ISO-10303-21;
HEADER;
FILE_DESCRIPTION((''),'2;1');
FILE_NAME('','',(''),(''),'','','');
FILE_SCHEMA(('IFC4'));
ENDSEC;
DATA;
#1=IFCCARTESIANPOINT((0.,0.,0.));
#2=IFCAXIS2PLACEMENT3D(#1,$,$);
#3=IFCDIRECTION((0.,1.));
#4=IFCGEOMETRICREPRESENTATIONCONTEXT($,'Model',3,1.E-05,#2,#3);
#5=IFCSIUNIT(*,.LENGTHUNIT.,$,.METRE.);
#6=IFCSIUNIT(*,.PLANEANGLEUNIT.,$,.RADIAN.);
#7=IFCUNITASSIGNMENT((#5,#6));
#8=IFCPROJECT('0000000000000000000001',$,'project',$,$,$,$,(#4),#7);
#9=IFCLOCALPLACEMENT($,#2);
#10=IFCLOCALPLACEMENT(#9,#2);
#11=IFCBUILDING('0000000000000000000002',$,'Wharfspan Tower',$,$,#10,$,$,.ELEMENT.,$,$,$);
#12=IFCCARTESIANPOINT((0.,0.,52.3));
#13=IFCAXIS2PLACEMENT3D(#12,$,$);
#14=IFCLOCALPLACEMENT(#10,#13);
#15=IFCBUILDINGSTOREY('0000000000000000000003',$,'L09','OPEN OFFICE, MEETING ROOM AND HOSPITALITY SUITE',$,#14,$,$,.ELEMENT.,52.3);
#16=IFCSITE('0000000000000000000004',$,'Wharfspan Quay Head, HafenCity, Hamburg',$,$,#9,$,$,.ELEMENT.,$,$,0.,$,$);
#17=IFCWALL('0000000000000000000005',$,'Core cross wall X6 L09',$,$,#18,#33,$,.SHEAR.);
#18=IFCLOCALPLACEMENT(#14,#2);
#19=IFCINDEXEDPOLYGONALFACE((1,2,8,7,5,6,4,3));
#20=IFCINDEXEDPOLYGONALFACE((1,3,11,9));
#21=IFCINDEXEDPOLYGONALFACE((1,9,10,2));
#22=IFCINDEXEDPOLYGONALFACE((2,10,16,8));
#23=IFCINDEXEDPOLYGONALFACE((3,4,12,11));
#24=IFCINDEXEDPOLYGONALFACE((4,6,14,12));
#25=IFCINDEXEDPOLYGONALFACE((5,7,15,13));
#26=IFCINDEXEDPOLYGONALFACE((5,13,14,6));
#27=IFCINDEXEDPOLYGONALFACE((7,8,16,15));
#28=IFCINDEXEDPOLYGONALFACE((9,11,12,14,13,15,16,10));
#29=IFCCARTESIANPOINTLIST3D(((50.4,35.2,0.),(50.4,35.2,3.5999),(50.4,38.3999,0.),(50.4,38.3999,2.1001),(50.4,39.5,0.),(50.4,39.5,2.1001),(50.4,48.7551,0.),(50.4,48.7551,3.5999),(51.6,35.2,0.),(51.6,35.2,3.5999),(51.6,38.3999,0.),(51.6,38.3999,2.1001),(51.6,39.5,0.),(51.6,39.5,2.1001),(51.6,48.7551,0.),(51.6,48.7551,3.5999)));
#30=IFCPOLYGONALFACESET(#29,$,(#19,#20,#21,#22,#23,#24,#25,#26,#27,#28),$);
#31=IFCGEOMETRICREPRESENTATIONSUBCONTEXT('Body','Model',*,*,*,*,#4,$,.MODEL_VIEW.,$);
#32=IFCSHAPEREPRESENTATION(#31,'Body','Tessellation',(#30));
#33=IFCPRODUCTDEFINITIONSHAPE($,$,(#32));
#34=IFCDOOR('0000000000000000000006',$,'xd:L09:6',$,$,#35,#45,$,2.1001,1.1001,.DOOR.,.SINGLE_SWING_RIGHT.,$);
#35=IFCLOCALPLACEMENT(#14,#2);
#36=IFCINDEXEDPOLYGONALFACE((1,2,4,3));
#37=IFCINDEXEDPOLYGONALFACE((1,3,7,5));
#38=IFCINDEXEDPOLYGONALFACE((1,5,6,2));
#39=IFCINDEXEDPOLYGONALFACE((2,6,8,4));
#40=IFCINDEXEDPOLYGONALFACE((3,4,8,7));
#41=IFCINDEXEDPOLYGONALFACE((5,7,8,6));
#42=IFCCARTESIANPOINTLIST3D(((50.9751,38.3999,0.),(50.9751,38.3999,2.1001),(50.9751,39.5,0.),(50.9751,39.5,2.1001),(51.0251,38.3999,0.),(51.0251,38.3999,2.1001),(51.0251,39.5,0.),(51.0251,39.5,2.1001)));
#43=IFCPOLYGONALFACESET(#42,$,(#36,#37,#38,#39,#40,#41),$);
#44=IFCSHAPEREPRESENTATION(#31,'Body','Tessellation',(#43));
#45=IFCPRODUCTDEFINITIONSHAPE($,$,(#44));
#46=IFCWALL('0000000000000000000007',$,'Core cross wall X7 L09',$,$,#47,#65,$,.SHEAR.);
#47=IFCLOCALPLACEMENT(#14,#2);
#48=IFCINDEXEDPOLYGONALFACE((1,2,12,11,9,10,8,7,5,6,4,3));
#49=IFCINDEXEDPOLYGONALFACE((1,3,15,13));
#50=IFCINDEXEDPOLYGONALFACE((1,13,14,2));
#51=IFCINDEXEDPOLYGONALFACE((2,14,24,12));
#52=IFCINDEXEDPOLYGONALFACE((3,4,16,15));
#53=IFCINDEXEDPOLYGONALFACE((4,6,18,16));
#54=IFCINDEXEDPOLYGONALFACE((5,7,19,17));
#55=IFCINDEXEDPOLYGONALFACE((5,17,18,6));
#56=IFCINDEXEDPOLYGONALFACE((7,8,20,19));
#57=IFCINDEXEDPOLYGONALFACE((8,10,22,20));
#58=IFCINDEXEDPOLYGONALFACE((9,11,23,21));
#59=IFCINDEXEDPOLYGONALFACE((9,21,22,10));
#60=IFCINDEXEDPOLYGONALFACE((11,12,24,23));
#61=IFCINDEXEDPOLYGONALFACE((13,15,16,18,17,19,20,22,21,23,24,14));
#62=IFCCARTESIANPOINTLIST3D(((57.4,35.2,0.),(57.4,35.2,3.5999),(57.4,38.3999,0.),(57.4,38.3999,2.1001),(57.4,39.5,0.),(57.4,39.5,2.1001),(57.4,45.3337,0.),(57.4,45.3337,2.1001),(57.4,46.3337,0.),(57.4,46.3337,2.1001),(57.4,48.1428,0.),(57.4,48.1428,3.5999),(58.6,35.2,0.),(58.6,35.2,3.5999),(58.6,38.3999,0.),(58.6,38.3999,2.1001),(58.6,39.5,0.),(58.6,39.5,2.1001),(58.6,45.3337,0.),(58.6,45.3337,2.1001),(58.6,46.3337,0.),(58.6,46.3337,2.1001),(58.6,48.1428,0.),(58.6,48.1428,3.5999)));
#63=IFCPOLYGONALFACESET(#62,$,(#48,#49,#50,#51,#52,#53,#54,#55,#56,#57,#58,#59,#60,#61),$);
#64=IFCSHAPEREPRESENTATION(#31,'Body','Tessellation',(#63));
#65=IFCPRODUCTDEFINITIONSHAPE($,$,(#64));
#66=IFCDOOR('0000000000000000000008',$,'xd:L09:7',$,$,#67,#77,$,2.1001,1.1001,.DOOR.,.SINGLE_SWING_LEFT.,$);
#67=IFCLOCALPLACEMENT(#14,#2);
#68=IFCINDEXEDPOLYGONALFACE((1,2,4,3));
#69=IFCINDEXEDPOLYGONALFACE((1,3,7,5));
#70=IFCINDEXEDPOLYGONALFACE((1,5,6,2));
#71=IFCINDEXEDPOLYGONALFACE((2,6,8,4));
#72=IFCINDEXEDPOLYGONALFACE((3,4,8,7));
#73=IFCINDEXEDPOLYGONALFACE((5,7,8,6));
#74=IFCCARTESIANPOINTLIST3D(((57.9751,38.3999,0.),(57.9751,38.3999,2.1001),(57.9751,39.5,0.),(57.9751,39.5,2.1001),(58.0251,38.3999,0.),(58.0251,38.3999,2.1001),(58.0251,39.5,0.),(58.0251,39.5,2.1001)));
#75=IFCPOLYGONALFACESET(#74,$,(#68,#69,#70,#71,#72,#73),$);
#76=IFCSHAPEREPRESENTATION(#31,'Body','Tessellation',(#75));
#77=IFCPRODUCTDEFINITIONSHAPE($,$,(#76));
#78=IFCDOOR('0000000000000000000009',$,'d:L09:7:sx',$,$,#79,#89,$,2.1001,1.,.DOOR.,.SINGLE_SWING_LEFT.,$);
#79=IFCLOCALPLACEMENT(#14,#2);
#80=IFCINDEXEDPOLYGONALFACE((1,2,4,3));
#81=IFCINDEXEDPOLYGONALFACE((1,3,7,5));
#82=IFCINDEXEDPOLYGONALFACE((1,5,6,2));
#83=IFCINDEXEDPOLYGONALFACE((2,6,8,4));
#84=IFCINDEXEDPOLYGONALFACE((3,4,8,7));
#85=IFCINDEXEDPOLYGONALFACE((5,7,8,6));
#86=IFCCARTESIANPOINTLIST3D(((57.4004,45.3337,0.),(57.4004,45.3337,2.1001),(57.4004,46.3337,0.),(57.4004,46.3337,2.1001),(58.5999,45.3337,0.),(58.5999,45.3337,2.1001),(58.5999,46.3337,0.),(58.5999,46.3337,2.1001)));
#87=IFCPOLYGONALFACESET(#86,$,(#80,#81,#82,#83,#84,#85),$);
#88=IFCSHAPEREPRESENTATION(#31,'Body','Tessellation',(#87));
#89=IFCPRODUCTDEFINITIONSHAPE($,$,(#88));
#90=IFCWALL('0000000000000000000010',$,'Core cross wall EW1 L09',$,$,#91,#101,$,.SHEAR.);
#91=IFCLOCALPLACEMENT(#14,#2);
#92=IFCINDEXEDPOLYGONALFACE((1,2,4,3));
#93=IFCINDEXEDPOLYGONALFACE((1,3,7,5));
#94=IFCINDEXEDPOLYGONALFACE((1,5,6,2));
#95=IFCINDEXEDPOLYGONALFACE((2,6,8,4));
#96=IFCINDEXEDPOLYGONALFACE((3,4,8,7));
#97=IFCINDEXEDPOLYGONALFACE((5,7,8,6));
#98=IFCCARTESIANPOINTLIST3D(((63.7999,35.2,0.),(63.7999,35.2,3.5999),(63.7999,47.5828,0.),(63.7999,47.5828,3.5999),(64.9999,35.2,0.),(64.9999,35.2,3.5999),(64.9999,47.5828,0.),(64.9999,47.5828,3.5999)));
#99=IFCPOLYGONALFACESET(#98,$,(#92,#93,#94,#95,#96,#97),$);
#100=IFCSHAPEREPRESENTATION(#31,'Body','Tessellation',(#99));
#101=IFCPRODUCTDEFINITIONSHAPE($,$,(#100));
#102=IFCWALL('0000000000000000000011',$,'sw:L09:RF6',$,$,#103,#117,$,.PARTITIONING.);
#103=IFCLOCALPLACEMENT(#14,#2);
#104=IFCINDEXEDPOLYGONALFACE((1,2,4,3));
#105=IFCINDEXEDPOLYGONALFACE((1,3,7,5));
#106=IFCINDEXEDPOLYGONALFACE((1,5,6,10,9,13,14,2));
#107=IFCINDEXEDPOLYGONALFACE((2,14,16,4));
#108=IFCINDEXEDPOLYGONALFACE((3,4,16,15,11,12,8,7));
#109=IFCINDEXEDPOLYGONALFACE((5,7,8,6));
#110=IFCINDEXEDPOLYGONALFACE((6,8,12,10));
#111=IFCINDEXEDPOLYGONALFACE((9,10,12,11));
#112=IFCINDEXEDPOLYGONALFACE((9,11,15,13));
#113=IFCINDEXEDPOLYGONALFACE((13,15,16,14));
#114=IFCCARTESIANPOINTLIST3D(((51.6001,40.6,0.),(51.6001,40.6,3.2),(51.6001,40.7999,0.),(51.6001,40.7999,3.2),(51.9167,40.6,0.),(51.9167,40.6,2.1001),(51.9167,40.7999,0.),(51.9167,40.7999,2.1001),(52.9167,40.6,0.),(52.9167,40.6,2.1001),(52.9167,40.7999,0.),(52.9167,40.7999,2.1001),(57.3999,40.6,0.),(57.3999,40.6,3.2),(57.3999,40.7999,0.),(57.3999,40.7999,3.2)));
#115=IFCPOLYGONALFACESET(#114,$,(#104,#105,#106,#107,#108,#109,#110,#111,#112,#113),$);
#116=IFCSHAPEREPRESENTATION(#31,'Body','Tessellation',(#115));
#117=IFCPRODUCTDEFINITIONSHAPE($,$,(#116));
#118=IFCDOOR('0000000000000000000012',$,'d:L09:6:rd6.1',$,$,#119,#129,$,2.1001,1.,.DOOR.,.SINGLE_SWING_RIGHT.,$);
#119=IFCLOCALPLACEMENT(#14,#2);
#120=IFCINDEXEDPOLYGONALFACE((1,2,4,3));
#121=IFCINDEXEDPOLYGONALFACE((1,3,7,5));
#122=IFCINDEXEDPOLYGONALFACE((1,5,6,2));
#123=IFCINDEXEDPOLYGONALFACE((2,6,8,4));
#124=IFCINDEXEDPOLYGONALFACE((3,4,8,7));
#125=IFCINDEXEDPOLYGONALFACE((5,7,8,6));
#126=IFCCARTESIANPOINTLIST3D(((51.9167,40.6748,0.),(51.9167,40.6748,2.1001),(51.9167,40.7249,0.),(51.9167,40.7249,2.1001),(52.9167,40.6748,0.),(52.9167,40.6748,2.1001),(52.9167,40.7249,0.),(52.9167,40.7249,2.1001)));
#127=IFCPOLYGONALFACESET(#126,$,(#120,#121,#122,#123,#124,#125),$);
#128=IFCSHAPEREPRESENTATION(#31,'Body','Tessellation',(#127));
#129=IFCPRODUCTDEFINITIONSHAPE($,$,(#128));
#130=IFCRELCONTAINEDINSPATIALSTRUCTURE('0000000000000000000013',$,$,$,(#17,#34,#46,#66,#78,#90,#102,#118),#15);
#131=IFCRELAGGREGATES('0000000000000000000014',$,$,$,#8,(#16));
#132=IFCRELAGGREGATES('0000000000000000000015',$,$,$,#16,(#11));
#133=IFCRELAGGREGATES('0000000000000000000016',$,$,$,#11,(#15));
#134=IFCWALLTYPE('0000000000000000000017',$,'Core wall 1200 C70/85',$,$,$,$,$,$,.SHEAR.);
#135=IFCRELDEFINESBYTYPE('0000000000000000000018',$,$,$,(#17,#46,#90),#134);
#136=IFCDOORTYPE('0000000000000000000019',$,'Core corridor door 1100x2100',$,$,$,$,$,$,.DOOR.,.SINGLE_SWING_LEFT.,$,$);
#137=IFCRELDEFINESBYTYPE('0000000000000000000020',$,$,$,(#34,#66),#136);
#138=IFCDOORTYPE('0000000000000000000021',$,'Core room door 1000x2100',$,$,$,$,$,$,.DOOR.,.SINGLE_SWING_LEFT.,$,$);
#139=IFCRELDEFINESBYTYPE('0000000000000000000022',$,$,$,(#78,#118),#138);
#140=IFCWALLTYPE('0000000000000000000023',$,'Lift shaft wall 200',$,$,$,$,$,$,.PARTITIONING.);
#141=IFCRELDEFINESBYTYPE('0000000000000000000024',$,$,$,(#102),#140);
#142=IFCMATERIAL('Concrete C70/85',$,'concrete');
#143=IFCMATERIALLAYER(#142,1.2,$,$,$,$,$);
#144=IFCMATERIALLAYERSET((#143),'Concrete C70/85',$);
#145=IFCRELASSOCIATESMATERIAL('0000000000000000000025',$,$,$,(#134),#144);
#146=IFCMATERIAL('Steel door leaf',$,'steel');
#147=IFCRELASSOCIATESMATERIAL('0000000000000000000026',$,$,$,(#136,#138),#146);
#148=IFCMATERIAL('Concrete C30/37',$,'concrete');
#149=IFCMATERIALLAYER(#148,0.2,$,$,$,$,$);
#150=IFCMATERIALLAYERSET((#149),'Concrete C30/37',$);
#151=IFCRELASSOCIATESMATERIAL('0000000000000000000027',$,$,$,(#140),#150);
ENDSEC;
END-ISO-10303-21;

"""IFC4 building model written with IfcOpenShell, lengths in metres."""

from ifc_helpers import new_model, si_unit, direction, frame, frame_2d, origin, place, context, subcontext, project, spatial, rectangle, extrude, material, layer, layer_set, type_object, element, fill, save


model = new_model("IFC4")

# Units and contexts
model_context = context("Model", 3, precision=1e-05, world=origin(), true_north=direction((0.0, 1.0)))
body_context = subcontext(model_context, "Body", "Model", "MODEL_VIEW")
ifc_project = project(units=[si_unit("LENGTHUNIT", "METRE"), si_unit("PLANEANGLEUNIT", "RADIAN")], contexts=[model_context])

# Site, building, storey
site_placement = place(None, origin())
site = spatial("IfcSite", under=ifc_project, at=site_placement, Name="Wharfspan Quay Head, HafenCity, Hamburg", CompositionType="ELEMENT", RefElevation=0.0)
building_placement = place(site_placement, origin())
building = spatial("IfcBuilding", under=site, at=building_placement, Name="Wharfspan Tower", CompositionType="ELEMENT")
storey_placement = place(building_placement, frame((0.0, 0.0, 52.3)))
storey = spatial("IfcBuildingStorey", under=building, at=storey_placement, Name="L09", Description="OPEN OFFICE, MEETING ROOM AND HOSPITALITY SUITE", CompositionType="ELEMENT", Elevation=52.3)

# Wall, opening, door
ifc_material_1 = material(Name="Concrete C70/85", Category="concrete")
ifc_layer_1 = layer(ifc_material_1, 1.2)
ifc_layer_set_1 = layer_set([ifc_layer_1], Name="Concrete C70/85")
wall_type_1 = type_object("IfcWallType", Name="Core wall 1200 C70/85", PredefinedType="SHEAR", material=ifc_layer_set_1)
wall_1_placement = place(storey_placement, frame((51.0, 35.2, 0.0), z_axis=(0.0, 0.0, 1.0), x_axis=(0.0, 1.0, 0.0)))
wall_1 = element("IfcWall", 1, at=wall_1_placement, inside=storey, type_object=wall_type_1, Name="Core cross wall X6 L09", PredefinedType="SHEAR", context=body_context, shape_type="SweptSolid", body=[
    extrude(rectangle(XDim=13.5552, YDim=1.2, at=frame_2d((6.7776, 0.0))), origin(), (0.0, 0.0, 1.0), 3.5999),
])
opening_1_placement = place(wall_1_placement, frame((3.2, 0.0, 0.0)))
opening_1 = element("IfcOpeningElement", 2, at=opening_1_placement, cuts=wall_1, PredefinedType="OPENING", context=body_context, shape_type="SweptSolid", body=[
    extrude(rectangle(XDim=1.1001, YDim=2.1001, at=frame_2d((0.55, 1.05))), frame((0.0, 0.6099, 0.0), z_axis=(0.0, -1.0, 0.0), x_axis=(1.0, 0.0, 0.0)), (0.0, 0.0, 1.0), 1.22),
])
ifc_material_2 = material(Name="Steel door leaf", Category="steel")
door_type_1 = type_object("IfcDoorType", Name="Core corridor door 1100x2100", OperationType="SINGLE_SWING_LEFT", PredefinedType="DOOR", material=ifc_material_2)
door_1_placement = place(opening_1_placement, origin())
door_1 = element("IfcDoor", 3, at=door_1_placement, inside=storey, type_object=door_type_1, Name="xd:L09:6", OperationType="SINGLE_SWING_RIGHT", OverallHeight=2.1001, OverallWidth=1.1001, PredefinedType="DOOR", context=body_context, shape_type="SweptSolid", body=[
    extrude(rectangle(XDim=1.1001, YDim=2.1001, at=frame_2d((0.55, 1.05))), frame((0.0, 0.0249, 0.0), z_axis=(0.0, -1.0, 0.0), x_axis=(1.0, 0.0, 0.0)), (0.0, 0.0, 1.0), 0.05),
])
fill(opening_1, door_1)

# Wall, openings, doors
wall_2_placement = place(storey_placement, frame((58.0, 35.2, 0.0), z_axis=(0.0, 0.0, 1.0), x_axis=(0.0, 1.0, 0.0)))
wall_2 = element("IfcWall", 4, at=wall_2_placement, inside=storey, type_object=wall_type_1, Name="Core cross wall X7 L09", PredefinedType="SHEAR", context=body_context, shape_type="SweptSolid", body=[
    extrude(rectangle(XDim=12.9429, YDim=1.2, at=frame_2d((6.4714, 0.0))), origin(), (0.0, 0.0, 1.0), 3.5999),
])
opening_2_placement = place(wall_2_placement, frame((10.1338, 0.0, 0.0)))
opening_2 = element("IfcOpeningElement", 5, at=opening_2_placement, cuts=wall_2, PredefinedType="OPENING", context=body_context, shape_type="SweptSolid", body=[
    extrude(rectangle(XDim=1.0, YDim=2.1001, at=frame_2d((0.5, 1.05))), frame((0.0, 0.6099, 0.0), z_axis=(0.0, -1.0, 0.0), x_axis=(1.0, 0.0, 0.0)), (0.0, 0.0, 1.0), 1.22),
])
opening_3_placement = place(wall_2_placement, frame((3.2, 0.0, 0.0)))
opening_3 = element("IfcOpeningElement", 6, at=opening_3_placement, cuts=wall_2, PredefinedType="OPENING", context=body_context, shape_type="SweptSolid", body=[
    extrude(rectangle(XDim=1.1001, YDim=2.1001, at=frame_2d((0.55, 1.05))), frame((0.0, 0.6099, 0.0), z_axis=(0.0, -1.0, 0.0), x_axis=(1.0, 0.0, 0.0)), (0.0, 0.0, 1.0), 1.22),
])
door_2_placement = place(opening_3_placement, origin())
door_2 = element("IfcDoor", 7, at=door_2_placement, inside=storey, type_object=door_type_1, Name="xd:L09:7", OperationType="SINGLE_SWING_LEFT", OverallHeight=2.1001, OverallWidth=1.1001, PredefinedType="DOOR", context=body_context, shape_type="SweptSolid", body=[
    extrude(rectangle(XDim=1.1001, YDim=2.1001, at=frame_2d((0.55, 1.05))), frame((0.0, 0.0249, 0.0), z_axis=(0.0, -1.0, 0.0), x_axis=(1.0, 0.0, 0.0)), (0.0, 0.0, 1.0), 0.05),
])
fill(opening_3, door_2)
door_type_2 = type_object("IfcDoorType", Name="Core room door 1000x2100", OperationType="SINGLE_SWING_LEFT", PredefinedType="DOOR", material=ifc_material_2)
door_3_placement = place(opening_2_placement, origin())
door_3 = element("IfcDoor", 8, at=door_3_placement, inside=storey, type_object=door_type_2, Name="d:L09:7:sx", OperationType="SINGLE_SWING_LEFT", OverallHeight=2.1001, OverallWidth=1.0, PredefinedType="DOOR", context=body_context, shape_type="SweptSolid", body=[
    extrude(rectangle(XDim=1.0, YDim=2.1001, at=frame_2d((0.5, 1.05))), frame((0.0, 0.5996, 0.0), z_axis=(0.0, -1.0, 0.0), x_axis=(1.0, 0.0, 0.0)), (0.0, 0.0, 1.0), 1.1995),
])
fill(opening_2, door_3)

# Wall
wall_3_placement = place(storey_placement, frame((64.3999, 35.2, 0.0), z_axis=(0.0, 0.0, 1.0), x_axis=(0.0, 1.0, 0.0)))
element("IfcWall", 9, at=wall_3_placement, inside=storey, type_object=wall_type_1, Name="Core cross wall EW1 L09", PredefinedType="SHEAR", context=body_context, shape_type="SweptSolid", body=[
    extrude(rectangle(XDim=12.3828, YDim=1.2, at=frame_2d((6.1914, 0.0))), origin(), (0.0, 0.0, 1.0), 3.5999),
])

# Wall, opening, door
ifc_material_3 = material(Name="Concrete C30/37", Category="concrete")
ifc_layer_2 = layer(ifc_material_3, 0.2)
ifc_layer_set_2 = layer_set([ifc_layer_2], Name="Concrete C30/37")
wall_type_2 = type_object("IfcWallType", Name="Lift shaft wall 200", PredefinedType="PARTITIONING", material=ifc_layer_set_2)
wall_4_placement = place(storey_placement, frame((51.6001, 40.7, 0.0), z_axis=(0.0, 0.0, 1.0), x_axis=(1.0, 0.0, 0.0)))
wall_4 = element("IfcWall", 10, at=wall_4_placement, inside=storey, type_object=wall_type_2, Name="sw:L09:RF6", PredefinedType="PARTITIONING", context=body_context, shape_type="SweptSolid", body=[
    extrude(rectangle(XDim=5.7998, YDim=0.2, at=frame_2d((2.8999, 0.0))), origin(), (0.0, 0.0, 1.0), 3.2),
])
opening_4_placement = place(wall_4_placement, frame((0.3166, 0.0, 0.0)))
opening_4 = element("IfcOpeningElement", 11, at=opening_4_placement, cuts=wall_4, PredefinedType="OPENING", context=body_context, shape_type="SweptSolid", body=[
    extrude(rectangle(XDim=1.0, YDim=2.1001, at=frame_2d((0.5, 1.05))), frame((0.0, 0.1099, 0.0), z_axis=(0.0, -1.0, 0.0), x_axis=(1.0, 0.0, 0.0)), (0.0, 0.0, 1.0), 0.22),
])
door_4_placement = place(opening_4_placement, origin())
door_4 = element("IfcDoor", 12, at=door_4_placement, inside=storey, type_object=door_type_2, Name="d:L09:6:rd6.1", OperationType="SINGLE_SWING_RIGHT", OverallHeight=2.1001, OverallWidth=1.0, PredefinedType="DOOR", context=body_context, shape_type="SweptSolid", body=[
    extrude(rectangle(XDim=1.0, YDim=2.1001, at=frame_2d((0.5, 1.05))), frame((0.0, 0.0249, 0.0), z_axis=(0.0, -1.0, 0.0), x_axis=(1.0, 0.0, 0.0)), (0.0, 0.0, 1.0), 0.05),
])
fill(opening_4, door_4)

save(model, "model.ifc")
